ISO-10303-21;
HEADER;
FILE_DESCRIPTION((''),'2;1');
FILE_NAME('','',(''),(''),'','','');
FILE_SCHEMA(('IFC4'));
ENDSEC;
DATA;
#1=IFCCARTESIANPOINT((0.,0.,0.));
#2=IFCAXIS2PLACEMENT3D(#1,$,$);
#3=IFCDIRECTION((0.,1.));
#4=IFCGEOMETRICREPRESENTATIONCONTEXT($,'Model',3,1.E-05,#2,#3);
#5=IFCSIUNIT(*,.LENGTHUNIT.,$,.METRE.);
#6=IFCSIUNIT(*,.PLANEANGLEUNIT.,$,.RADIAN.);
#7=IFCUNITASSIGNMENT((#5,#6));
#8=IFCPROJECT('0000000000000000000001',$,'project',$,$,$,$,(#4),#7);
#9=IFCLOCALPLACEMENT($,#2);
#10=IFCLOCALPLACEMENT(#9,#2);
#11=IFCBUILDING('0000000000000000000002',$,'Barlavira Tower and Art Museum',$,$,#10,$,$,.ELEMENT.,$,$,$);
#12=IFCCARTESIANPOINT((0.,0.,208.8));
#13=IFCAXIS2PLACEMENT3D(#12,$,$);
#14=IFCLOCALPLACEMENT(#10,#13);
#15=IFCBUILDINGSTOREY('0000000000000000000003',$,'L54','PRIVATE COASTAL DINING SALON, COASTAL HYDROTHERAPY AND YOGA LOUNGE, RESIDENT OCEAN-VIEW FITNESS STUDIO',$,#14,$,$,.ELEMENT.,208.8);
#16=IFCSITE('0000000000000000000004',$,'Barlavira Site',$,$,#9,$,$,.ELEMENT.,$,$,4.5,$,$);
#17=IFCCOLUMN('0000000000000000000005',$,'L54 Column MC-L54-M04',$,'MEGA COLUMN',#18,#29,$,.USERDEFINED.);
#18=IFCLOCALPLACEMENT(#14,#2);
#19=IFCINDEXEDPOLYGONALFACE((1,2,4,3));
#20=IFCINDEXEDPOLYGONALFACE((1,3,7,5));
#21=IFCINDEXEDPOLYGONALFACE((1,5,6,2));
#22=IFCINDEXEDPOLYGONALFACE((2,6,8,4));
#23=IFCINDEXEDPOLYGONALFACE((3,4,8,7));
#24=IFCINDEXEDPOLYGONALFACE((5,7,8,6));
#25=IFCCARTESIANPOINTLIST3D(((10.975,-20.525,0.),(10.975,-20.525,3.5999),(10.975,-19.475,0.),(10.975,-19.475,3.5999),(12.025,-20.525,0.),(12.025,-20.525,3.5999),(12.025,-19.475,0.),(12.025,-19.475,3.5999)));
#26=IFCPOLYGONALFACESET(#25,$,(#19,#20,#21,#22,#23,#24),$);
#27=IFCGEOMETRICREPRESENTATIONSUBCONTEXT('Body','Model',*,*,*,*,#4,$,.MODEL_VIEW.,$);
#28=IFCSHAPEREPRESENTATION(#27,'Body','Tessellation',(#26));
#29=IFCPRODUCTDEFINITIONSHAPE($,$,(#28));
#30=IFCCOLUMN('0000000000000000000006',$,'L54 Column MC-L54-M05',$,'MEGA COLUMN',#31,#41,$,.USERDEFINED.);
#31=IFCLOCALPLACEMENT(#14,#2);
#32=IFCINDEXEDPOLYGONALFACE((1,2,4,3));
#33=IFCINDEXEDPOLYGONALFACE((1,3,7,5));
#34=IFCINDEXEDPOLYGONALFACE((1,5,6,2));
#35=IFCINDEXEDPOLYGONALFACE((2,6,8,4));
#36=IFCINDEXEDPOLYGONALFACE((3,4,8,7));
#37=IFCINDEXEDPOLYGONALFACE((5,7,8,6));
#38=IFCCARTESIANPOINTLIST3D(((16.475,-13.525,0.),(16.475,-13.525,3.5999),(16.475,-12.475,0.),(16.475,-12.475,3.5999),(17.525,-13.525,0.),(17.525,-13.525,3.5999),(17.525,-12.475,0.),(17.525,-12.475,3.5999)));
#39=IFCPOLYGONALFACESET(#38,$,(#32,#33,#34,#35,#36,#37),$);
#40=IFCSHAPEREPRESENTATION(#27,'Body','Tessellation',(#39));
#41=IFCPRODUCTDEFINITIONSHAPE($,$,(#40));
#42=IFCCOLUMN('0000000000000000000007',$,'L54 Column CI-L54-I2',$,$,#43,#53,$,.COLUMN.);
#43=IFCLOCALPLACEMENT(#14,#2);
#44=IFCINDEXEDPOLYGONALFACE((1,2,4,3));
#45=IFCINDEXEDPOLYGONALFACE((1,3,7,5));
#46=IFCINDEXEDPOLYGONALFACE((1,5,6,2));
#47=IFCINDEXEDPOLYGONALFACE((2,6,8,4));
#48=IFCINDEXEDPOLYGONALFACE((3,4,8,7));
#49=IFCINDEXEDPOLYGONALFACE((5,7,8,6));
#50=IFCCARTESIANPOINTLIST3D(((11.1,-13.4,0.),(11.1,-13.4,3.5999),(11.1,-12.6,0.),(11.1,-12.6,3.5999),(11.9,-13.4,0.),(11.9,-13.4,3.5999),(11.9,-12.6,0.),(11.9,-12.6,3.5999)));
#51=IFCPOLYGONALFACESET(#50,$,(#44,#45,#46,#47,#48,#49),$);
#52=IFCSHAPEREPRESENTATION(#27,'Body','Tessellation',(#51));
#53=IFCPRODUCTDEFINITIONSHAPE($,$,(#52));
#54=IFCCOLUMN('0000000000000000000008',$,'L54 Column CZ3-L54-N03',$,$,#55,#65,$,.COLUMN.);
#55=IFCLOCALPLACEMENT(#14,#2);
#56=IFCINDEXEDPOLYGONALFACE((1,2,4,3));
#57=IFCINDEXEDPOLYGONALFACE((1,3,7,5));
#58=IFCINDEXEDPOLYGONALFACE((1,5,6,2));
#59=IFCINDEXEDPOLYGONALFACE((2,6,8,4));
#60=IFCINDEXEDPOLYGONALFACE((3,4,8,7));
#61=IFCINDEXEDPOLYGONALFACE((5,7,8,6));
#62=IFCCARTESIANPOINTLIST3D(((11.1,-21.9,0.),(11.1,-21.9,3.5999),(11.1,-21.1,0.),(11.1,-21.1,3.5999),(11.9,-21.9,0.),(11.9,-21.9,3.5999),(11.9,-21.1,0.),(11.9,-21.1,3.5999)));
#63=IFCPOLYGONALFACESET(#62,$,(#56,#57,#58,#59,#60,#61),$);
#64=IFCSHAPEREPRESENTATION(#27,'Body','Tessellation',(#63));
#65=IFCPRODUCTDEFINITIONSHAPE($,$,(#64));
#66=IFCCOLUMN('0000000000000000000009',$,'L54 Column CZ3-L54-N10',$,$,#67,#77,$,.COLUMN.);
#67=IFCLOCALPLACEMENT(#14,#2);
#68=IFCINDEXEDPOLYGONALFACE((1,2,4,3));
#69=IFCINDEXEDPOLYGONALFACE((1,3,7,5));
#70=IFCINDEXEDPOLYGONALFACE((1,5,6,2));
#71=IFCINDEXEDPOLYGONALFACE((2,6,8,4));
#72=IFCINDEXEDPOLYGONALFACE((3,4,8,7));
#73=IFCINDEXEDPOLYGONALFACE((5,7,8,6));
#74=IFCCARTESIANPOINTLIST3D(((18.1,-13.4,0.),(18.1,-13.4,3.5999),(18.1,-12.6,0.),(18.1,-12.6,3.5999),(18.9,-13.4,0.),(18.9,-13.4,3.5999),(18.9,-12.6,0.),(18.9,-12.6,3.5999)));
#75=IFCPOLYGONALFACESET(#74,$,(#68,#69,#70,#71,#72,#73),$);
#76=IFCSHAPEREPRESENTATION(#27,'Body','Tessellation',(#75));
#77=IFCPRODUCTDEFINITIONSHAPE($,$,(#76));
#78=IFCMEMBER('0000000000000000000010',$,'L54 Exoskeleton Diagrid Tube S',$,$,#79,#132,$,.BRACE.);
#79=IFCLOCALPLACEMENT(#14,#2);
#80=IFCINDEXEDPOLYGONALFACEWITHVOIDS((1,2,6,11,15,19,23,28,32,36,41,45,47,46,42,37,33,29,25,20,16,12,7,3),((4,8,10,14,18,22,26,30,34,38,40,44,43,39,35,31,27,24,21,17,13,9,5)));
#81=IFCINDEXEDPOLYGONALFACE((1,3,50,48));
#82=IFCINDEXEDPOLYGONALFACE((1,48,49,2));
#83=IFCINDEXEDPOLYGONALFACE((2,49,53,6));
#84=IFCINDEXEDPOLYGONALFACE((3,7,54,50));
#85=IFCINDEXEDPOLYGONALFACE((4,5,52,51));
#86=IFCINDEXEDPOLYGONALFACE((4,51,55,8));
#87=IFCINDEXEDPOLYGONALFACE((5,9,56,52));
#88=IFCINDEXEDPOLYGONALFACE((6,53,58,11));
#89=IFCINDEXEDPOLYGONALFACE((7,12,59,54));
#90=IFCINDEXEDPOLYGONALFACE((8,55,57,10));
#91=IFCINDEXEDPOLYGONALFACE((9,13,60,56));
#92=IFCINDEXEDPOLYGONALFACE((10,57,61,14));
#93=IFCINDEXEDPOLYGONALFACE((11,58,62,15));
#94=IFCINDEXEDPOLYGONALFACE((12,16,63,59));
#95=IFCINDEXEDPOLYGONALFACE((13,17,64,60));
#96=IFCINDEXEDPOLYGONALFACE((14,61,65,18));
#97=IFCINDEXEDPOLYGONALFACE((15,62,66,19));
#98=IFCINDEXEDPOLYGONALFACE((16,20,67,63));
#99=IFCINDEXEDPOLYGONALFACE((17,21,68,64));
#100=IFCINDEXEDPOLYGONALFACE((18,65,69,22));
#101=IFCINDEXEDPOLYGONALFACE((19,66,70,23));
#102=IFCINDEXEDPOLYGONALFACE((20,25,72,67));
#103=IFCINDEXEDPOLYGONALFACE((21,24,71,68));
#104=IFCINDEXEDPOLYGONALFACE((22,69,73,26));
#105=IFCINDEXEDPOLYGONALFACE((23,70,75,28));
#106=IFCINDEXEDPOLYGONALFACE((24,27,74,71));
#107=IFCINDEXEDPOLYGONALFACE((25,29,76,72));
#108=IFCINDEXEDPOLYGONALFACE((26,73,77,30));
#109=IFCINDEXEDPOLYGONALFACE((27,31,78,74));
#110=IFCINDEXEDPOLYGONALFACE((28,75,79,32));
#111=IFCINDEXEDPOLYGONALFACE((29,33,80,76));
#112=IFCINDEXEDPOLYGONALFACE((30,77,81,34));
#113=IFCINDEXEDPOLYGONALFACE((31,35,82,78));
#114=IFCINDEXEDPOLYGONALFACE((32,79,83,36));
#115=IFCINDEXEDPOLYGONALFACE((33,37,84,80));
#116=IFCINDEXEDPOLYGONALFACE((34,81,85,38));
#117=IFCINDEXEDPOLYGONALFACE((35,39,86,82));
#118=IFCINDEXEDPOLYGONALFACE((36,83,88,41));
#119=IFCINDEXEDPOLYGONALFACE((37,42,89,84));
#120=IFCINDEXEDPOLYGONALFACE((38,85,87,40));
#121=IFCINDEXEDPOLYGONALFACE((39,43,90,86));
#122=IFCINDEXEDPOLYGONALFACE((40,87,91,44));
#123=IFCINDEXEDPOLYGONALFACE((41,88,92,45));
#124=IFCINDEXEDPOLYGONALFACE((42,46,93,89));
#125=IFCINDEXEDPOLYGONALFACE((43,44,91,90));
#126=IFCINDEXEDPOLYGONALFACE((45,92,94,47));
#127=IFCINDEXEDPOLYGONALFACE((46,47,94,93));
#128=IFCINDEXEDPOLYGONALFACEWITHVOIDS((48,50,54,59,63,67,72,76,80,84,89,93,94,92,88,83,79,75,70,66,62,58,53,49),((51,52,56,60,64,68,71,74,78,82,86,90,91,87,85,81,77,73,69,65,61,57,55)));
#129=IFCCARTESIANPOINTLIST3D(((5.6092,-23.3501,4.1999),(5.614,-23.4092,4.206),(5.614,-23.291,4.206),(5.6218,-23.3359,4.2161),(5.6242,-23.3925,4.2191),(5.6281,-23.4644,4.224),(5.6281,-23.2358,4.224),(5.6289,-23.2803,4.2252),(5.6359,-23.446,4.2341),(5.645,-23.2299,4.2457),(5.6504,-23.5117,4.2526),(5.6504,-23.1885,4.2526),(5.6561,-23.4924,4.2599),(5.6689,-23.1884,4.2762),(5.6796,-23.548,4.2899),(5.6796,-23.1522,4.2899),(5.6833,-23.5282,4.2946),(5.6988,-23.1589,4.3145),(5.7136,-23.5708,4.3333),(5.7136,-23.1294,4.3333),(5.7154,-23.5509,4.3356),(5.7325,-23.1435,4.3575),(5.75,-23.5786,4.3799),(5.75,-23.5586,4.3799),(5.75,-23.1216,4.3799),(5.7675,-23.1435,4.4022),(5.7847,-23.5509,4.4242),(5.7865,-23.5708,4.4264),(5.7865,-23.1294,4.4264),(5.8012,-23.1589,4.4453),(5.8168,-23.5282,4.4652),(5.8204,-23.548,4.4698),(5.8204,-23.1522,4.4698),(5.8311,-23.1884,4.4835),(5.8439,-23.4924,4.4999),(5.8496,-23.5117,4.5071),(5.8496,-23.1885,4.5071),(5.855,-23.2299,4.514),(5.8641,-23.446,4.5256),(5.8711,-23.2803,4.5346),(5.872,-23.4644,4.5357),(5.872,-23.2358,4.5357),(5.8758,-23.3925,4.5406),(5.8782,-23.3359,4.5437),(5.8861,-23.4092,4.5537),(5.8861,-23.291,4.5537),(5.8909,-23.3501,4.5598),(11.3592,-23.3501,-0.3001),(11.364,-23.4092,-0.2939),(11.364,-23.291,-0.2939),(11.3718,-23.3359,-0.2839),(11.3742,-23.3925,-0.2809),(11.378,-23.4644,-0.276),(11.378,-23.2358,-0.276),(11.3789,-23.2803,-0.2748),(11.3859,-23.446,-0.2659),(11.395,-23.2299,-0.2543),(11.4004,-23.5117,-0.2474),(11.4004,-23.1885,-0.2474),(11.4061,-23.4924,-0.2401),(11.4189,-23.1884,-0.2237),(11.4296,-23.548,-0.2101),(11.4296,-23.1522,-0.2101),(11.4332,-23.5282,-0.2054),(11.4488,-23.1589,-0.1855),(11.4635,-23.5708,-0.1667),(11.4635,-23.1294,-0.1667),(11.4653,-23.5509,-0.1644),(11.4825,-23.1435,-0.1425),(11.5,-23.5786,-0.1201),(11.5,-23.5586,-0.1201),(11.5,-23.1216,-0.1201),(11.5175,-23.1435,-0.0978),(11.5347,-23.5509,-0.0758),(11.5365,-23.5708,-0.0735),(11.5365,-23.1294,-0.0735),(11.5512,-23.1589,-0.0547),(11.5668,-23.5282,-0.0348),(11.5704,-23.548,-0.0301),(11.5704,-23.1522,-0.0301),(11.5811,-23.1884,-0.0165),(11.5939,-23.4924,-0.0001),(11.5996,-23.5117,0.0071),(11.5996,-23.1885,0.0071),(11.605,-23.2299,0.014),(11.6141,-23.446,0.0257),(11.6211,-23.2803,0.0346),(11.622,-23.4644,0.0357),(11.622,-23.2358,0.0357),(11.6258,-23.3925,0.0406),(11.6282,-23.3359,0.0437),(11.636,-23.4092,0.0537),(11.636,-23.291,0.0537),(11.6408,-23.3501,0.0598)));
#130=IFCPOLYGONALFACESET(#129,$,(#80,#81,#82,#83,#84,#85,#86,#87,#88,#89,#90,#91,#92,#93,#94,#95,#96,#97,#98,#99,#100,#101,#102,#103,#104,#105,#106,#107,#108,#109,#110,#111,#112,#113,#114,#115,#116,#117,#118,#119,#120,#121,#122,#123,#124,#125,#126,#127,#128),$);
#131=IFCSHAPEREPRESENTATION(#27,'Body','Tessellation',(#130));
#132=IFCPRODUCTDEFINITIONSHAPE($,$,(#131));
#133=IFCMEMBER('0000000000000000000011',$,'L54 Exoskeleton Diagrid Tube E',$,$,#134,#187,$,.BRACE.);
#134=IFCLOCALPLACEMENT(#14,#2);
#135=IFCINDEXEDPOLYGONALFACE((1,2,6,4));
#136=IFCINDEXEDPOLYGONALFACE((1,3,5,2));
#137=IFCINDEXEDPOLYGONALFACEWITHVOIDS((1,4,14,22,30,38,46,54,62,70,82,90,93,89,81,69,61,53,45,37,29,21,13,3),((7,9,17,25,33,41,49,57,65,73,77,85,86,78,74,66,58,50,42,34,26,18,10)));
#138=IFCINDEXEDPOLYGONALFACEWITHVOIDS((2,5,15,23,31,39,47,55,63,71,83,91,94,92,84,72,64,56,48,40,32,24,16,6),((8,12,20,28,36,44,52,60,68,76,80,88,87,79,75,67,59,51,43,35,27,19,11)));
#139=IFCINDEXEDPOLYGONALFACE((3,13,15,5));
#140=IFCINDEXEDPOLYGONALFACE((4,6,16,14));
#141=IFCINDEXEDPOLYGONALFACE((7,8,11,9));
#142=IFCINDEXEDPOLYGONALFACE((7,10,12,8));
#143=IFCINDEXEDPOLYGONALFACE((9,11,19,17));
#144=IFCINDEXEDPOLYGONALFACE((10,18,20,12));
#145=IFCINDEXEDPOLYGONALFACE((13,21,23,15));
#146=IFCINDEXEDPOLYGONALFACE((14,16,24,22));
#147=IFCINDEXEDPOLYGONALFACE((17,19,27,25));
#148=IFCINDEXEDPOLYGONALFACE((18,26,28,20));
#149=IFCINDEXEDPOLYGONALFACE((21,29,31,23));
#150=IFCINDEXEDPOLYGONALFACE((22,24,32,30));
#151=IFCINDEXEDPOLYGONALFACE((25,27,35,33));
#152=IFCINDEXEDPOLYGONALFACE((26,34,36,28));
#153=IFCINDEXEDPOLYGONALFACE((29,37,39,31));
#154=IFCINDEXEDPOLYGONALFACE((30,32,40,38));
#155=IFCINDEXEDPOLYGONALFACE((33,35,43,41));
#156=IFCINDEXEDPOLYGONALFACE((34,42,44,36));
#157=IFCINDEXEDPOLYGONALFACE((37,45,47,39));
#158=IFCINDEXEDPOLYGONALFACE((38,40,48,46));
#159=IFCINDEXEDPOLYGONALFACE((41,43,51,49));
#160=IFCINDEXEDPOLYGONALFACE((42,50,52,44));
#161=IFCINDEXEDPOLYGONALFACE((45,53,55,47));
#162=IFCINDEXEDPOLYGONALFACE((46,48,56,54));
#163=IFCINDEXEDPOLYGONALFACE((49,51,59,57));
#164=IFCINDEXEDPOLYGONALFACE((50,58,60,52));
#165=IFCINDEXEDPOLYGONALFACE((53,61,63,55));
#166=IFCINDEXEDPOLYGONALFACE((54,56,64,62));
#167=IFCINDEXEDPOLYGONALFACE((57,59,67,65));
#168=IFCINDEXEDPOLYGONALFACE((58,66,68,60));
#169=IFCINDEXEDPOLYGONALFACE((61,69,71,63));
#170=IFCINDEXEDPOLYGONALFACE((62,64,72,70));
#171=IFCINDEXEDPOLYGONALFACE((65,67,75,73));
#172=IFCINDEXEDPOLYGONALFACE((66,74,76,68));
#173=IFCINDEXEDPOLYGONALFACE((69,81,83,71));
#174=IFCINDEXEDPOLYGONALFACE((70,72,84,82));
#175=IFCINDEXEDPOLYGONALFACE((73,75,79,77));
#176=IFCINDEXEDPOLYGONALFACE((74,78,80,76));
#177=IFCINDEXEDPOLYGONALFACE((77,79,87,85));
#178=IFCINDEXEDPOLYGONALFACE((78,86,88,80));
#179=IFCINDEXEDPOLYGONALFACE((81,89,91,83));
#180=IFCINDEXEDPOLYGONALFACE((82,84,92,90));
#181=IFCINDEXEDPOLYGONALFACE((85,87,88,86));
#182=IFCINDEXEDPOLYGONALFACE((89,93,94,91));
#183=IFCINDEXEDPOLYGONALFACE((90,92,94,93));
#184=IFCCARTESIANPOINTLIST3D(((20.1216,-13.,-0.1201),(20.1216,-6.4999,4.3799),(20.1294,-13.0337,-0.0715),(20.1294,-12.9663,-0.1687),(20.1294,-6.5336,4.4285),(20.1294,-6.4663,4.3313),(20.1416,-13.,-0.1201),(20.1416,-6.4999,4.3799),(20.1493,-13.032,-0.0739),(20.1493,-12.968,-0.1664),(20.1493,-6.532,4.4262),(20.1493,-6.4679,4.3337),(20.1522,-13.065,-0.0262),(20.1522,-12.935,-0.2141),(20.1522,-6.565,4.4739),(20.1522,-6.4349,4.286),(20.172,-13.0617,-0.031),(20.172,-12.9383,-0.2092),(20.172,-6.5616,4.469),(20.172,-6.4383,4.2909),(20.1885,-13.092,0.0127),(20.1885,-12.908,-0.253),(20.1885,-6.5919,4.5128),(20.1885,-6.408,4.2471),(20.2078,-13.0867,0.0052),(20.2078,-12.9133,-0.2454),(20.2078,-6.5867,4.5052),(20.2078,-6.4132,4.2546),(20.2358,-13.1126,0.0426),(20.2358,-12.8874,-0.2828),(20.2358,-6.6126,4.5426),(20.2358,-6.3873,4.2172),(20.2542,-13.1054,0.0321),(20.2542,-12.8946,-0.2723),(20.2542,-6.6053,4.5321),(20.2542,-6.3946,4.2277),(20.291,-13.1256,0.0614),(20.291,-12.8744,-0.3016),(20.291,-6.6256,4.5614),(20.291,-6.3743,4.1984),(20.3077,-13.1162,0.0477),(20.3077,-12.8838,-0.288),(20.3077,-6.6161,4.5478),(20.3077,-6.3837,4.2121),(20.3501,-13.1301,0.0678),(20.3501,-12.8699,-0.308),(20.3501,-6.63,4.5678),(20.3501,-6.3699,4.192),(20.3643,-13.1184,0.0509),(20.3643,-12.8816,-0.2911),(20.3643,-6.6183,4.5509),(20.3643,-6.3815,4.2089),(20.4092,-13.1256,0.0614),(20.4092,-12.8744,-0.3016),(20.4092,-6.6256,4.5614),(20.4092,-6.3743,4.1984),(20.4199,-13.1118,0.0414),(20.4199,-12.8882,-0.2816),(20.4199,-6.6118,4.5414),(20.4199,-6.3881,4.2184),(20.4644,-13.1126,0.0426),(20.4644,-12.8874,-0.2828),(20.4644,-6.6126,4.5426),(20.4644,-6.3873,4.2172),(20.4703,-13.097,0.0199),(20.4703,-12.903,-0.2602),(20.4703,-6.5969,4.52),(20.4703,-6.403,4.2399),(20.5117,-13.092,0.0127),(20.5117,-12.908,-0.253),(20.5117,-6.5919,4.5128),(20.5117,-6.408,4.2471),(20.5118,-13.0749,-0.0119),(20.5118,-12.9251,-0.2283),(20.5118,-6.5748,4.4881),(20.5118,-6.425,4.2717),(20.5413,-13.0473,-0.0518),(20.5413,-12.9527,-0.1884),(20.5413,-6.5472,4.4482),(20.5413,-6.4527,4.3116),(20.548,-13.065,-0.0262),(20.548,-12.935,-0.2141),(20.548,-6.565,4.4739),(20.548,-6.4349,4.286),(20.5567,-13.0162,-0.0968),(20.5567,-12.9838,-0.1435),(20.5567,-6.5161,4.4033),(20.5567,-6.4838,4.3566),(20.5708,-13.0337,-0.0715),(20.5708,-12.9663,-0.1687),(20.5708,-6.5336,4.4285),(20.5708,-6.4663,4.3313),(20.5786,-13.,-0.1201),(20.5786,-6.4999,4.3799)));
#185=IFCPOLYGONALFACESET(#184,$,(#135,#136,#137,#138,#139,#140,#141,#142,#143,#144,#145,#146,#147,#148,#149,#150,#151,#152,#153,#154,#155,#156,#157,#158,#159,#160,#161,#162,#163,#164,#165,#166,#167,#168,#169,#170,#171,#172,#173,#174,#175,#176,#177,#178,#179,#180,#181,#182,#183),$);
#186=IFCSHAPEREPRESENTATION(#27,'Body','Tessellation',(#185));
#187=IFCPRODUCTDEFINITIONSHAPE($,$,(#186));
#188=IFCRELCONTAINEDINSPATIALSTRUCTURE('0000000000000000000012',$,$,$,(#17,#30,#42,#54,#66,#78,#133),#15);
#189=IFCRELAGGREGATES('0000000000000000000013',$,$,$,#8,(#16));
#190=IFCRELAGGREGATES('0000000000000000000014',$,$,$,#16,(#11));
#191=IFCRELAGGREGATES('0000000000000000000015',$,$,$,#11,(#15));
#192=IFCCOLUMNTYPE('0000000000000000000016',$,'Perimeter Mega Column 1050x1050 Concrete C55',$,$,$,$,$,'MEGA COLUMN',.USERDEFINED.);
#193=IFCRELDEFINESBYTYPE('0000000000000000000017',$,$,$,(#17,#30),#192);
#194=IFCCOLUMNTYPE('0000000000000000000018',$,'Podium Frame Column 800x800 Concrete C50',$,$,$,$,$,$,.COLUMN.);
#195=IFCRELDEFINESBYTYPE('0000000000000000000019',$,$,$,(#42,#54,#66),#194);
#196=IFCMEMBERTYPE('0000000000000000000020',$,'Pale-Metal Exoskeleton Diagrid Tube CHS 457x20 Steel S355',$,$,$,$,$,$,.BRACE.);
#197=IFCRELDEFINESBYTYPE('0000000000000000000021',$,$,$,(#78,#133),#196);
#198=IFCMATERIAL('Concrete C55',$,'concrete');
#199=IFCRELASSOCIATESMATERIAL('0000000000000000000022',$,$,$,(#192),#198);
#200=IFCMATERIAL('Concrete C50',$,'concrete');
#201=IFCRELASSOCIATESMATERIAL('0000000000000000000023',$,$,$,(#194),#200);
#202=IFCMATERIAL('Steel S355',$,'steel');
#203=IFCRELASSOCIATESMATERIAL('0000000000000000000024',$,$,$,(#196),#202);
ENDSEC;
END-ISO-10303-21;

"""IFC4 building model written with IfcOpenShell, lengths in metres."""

from ifc_helpers import new_model, si_unit, direction, frame, origin, origin_2d, place, context, subcontext, project, spatial, rectangle, hollow_circle, extrude, material, material_profile, profile_set, type_object, element, save


model = new_model("IFC4")

# Units and contexts
model_context = context("Model", 3, precision=1e-05, world=origin(), true_north=direction((0.0, 1.0)))
body_context = subcontext(model_context, "Body", "Model", "MODEL_VIEW")
ifc_project = project(units=[si_unit("LENGTHUNIT", "METRE"), si_unit("PLANEANGLEUNIT", "RADIAN")], contexts=[model_context])

# Site, building, storey
site_placement = place(None, origin())
site = spatial("IfcSite", under=ifc_project, at=site_placement, Name="Barlavira Site", CompositionType="ELEMENT", RefElevation=4.5)
building_placement = place(site_placement, origin())
building = spatial("IfcBuilding", under=site, at=building_placement, Name="Barlavira Tower and Art Museum", CompositionType="ELEMENT")
storey_placement = place(building_placement, frame((0.0, 0.0, 208.8)))
storey = spatial("IfcBuildingStorey", under=building, at=storey_placement, Name="L54", Description="PRIVATE COASTAL DINING SALON, COASTAL HYDROTHERAPY AND YOGA LOUNGE, RESIDENT OCEAN-VIEW FITNESS STUDIO", CompositionType="ELEMENT", Elevation=208.8)

# Columns
ifc_material_1 = material(Name="Concrete C55", Category="concrete")
ifc_material_profile_1 = material_profile(ifc_material_1, rectangle(XDim=1.05, YDim=1.05, at=origin_2d()), Name="RC-COL 1050x1050")
ifc_profile_set_1 = profile_set([ifc_material_profile_1], Name="Concrete C55")
column_type_1 = type_object("IfcColumnType", Name="Perimeter Mega Column 1050x1050 Concrete C55", ElementType="MEGA COLUMN", PredefinedType="USERDEFINED", material=ifc_profile_set_1)
for number, where, z_axis, x_axis, name in (
    (1, (11.5, -20.0, 0.0), (0.0, 0.0, 1.0), (1.0, 0.0, 0.0), "L54 Column MC-L54-M04"),
    (2, (17.0, -13.0, 0.0), (0.0, 0.0, 1.0), (1.0, 0.0, 0.0), "L54 Column MC-L54-M05"),
):
    element("IfcColumn", number, at=place(storey_placement, frame(where, z_axis=z_axis, x_axis=x_axis)), inside=storey, type_object=column_type_1, Name=name, ObjectType="MEGA COLUMN", PredefinedType="USERDEFINED", context=body_context, shape_type="SweptSolid", body=[
        extrude(rectangle(XDim=1.05, YDim=1.05, at=origin_2d()), origin(), (0.0, 0.0, 1.0), 3.5999),
    ])
ifc_material_2 = material(Name="Concrete C50", Category="concrete")
ifc_material_profile_2 = material_profile(ifc_material_2, rectangle(XDim=0.8, YDim=0.8, at=origin_2d()), Name="RC-COL 800x800")
ifc_profile_set_2 = profile_set([ifc_material_profile_2], Name="Concrete C50")
column_type_2 = type_object("IfcColumnType", Name="Podium Frame Column 800x800 Concrete C50", PredefinedType="COLUMN", material=ifc_profile_set_2)
for number, where, z_axis, x_axis, name in (
    (3, (11.5, -13.0, 0.0), (0.0, 0.0, 1.0), (1.0, 0.0, 0.0), "L54 Column CI-L54-I2"),
    (4, (11.5, -21.5, 0.0), (0.0, 0.0, 1.0), (1.0, 0.0, 0.0), "L54 Column CZ3-L54-N03"),
    (5, (18.5, -13.0, 0.0), (0.0, 0.0, 1.0), (1.0, 0.0, 0.0), "L54 Column CZ3-L54-N10"),
):
    element("IfcColumn", number, at=place(storey_placement, frame(where, z_axis=z_axis, x_axis=x_axis)), inside=storey, type_object=column_type_2, Name=name, PredefinedType="COLUMN", context=body_context, shape_type="SweptSolid", body=[
        extrude(rectangle(XDim=0.8, YDim=0.8, at=origin_2d()), origin(), (0.0, 0.0, 1.0), 3.5999),
    ])

# Members
ifc_material_3 = material(Name="Steel S355", Category="steel")
ifc_material_profile_3 = material_profile(ifc_material_3, hollow_circle(Radius=0.2285, WallThickness=0.02, at=origin_2d()), Name="CHS 457.0x20.0")
ifc_profile_set_3 = profile_set([ifc_material_profile_3], Name="Steel S355")
member_type_1 = type_object("IfcMemberType", Name="Pale-Metal Exoskeleton Diagrid Tube CHS 457x20 Steel S355", PredefinedType="BRACE", material=ifc_profile_set_3)
member_1_placement = place(storey_placement, frame((11.5, -23.3501, -0.1201), z_axis=(-0.787505, 0.0, 0.616308), x_axis=(0.0, -1.0, 0.0)))
element("IfcMember", 6, at=member_1_placement, inside=storey, type_object=member_type_1, Name="L54 Exoskeleton Diagrid Tube S", PredefinedType="BRACE", context=body_context, shape_type="SweptSolid", body=[
    extrude(hollow_circle(Radius=0.2285, WallThickness=0.02, at=origin_2d()), origin(), (0.0, 0.0, 1.0), 7.3015),
])
member_2_placement = place(storey_placement, frame((20.3501, -13.0, -0.1201), z_axis=(0.0, 0.822192, 0.56921), x_axis=(-1.0, 0.0, 0.0)))
element("IfcMember", 7, at=member_2_placement, inside=storey, type_object=member_type_1, Name="L54 Exoskeleton Diagrid Tube E", PredefinedType="BRACE", context=body_context, shape_type="SweptSolid", body=[
    extrude(hollow_circle(Radius=0.2285, WallThickness=0.02, at=origin_2d()), origin(), (0.0, 0.0, 1.0), 7.9058),
])

save(model, "model.ifc")
